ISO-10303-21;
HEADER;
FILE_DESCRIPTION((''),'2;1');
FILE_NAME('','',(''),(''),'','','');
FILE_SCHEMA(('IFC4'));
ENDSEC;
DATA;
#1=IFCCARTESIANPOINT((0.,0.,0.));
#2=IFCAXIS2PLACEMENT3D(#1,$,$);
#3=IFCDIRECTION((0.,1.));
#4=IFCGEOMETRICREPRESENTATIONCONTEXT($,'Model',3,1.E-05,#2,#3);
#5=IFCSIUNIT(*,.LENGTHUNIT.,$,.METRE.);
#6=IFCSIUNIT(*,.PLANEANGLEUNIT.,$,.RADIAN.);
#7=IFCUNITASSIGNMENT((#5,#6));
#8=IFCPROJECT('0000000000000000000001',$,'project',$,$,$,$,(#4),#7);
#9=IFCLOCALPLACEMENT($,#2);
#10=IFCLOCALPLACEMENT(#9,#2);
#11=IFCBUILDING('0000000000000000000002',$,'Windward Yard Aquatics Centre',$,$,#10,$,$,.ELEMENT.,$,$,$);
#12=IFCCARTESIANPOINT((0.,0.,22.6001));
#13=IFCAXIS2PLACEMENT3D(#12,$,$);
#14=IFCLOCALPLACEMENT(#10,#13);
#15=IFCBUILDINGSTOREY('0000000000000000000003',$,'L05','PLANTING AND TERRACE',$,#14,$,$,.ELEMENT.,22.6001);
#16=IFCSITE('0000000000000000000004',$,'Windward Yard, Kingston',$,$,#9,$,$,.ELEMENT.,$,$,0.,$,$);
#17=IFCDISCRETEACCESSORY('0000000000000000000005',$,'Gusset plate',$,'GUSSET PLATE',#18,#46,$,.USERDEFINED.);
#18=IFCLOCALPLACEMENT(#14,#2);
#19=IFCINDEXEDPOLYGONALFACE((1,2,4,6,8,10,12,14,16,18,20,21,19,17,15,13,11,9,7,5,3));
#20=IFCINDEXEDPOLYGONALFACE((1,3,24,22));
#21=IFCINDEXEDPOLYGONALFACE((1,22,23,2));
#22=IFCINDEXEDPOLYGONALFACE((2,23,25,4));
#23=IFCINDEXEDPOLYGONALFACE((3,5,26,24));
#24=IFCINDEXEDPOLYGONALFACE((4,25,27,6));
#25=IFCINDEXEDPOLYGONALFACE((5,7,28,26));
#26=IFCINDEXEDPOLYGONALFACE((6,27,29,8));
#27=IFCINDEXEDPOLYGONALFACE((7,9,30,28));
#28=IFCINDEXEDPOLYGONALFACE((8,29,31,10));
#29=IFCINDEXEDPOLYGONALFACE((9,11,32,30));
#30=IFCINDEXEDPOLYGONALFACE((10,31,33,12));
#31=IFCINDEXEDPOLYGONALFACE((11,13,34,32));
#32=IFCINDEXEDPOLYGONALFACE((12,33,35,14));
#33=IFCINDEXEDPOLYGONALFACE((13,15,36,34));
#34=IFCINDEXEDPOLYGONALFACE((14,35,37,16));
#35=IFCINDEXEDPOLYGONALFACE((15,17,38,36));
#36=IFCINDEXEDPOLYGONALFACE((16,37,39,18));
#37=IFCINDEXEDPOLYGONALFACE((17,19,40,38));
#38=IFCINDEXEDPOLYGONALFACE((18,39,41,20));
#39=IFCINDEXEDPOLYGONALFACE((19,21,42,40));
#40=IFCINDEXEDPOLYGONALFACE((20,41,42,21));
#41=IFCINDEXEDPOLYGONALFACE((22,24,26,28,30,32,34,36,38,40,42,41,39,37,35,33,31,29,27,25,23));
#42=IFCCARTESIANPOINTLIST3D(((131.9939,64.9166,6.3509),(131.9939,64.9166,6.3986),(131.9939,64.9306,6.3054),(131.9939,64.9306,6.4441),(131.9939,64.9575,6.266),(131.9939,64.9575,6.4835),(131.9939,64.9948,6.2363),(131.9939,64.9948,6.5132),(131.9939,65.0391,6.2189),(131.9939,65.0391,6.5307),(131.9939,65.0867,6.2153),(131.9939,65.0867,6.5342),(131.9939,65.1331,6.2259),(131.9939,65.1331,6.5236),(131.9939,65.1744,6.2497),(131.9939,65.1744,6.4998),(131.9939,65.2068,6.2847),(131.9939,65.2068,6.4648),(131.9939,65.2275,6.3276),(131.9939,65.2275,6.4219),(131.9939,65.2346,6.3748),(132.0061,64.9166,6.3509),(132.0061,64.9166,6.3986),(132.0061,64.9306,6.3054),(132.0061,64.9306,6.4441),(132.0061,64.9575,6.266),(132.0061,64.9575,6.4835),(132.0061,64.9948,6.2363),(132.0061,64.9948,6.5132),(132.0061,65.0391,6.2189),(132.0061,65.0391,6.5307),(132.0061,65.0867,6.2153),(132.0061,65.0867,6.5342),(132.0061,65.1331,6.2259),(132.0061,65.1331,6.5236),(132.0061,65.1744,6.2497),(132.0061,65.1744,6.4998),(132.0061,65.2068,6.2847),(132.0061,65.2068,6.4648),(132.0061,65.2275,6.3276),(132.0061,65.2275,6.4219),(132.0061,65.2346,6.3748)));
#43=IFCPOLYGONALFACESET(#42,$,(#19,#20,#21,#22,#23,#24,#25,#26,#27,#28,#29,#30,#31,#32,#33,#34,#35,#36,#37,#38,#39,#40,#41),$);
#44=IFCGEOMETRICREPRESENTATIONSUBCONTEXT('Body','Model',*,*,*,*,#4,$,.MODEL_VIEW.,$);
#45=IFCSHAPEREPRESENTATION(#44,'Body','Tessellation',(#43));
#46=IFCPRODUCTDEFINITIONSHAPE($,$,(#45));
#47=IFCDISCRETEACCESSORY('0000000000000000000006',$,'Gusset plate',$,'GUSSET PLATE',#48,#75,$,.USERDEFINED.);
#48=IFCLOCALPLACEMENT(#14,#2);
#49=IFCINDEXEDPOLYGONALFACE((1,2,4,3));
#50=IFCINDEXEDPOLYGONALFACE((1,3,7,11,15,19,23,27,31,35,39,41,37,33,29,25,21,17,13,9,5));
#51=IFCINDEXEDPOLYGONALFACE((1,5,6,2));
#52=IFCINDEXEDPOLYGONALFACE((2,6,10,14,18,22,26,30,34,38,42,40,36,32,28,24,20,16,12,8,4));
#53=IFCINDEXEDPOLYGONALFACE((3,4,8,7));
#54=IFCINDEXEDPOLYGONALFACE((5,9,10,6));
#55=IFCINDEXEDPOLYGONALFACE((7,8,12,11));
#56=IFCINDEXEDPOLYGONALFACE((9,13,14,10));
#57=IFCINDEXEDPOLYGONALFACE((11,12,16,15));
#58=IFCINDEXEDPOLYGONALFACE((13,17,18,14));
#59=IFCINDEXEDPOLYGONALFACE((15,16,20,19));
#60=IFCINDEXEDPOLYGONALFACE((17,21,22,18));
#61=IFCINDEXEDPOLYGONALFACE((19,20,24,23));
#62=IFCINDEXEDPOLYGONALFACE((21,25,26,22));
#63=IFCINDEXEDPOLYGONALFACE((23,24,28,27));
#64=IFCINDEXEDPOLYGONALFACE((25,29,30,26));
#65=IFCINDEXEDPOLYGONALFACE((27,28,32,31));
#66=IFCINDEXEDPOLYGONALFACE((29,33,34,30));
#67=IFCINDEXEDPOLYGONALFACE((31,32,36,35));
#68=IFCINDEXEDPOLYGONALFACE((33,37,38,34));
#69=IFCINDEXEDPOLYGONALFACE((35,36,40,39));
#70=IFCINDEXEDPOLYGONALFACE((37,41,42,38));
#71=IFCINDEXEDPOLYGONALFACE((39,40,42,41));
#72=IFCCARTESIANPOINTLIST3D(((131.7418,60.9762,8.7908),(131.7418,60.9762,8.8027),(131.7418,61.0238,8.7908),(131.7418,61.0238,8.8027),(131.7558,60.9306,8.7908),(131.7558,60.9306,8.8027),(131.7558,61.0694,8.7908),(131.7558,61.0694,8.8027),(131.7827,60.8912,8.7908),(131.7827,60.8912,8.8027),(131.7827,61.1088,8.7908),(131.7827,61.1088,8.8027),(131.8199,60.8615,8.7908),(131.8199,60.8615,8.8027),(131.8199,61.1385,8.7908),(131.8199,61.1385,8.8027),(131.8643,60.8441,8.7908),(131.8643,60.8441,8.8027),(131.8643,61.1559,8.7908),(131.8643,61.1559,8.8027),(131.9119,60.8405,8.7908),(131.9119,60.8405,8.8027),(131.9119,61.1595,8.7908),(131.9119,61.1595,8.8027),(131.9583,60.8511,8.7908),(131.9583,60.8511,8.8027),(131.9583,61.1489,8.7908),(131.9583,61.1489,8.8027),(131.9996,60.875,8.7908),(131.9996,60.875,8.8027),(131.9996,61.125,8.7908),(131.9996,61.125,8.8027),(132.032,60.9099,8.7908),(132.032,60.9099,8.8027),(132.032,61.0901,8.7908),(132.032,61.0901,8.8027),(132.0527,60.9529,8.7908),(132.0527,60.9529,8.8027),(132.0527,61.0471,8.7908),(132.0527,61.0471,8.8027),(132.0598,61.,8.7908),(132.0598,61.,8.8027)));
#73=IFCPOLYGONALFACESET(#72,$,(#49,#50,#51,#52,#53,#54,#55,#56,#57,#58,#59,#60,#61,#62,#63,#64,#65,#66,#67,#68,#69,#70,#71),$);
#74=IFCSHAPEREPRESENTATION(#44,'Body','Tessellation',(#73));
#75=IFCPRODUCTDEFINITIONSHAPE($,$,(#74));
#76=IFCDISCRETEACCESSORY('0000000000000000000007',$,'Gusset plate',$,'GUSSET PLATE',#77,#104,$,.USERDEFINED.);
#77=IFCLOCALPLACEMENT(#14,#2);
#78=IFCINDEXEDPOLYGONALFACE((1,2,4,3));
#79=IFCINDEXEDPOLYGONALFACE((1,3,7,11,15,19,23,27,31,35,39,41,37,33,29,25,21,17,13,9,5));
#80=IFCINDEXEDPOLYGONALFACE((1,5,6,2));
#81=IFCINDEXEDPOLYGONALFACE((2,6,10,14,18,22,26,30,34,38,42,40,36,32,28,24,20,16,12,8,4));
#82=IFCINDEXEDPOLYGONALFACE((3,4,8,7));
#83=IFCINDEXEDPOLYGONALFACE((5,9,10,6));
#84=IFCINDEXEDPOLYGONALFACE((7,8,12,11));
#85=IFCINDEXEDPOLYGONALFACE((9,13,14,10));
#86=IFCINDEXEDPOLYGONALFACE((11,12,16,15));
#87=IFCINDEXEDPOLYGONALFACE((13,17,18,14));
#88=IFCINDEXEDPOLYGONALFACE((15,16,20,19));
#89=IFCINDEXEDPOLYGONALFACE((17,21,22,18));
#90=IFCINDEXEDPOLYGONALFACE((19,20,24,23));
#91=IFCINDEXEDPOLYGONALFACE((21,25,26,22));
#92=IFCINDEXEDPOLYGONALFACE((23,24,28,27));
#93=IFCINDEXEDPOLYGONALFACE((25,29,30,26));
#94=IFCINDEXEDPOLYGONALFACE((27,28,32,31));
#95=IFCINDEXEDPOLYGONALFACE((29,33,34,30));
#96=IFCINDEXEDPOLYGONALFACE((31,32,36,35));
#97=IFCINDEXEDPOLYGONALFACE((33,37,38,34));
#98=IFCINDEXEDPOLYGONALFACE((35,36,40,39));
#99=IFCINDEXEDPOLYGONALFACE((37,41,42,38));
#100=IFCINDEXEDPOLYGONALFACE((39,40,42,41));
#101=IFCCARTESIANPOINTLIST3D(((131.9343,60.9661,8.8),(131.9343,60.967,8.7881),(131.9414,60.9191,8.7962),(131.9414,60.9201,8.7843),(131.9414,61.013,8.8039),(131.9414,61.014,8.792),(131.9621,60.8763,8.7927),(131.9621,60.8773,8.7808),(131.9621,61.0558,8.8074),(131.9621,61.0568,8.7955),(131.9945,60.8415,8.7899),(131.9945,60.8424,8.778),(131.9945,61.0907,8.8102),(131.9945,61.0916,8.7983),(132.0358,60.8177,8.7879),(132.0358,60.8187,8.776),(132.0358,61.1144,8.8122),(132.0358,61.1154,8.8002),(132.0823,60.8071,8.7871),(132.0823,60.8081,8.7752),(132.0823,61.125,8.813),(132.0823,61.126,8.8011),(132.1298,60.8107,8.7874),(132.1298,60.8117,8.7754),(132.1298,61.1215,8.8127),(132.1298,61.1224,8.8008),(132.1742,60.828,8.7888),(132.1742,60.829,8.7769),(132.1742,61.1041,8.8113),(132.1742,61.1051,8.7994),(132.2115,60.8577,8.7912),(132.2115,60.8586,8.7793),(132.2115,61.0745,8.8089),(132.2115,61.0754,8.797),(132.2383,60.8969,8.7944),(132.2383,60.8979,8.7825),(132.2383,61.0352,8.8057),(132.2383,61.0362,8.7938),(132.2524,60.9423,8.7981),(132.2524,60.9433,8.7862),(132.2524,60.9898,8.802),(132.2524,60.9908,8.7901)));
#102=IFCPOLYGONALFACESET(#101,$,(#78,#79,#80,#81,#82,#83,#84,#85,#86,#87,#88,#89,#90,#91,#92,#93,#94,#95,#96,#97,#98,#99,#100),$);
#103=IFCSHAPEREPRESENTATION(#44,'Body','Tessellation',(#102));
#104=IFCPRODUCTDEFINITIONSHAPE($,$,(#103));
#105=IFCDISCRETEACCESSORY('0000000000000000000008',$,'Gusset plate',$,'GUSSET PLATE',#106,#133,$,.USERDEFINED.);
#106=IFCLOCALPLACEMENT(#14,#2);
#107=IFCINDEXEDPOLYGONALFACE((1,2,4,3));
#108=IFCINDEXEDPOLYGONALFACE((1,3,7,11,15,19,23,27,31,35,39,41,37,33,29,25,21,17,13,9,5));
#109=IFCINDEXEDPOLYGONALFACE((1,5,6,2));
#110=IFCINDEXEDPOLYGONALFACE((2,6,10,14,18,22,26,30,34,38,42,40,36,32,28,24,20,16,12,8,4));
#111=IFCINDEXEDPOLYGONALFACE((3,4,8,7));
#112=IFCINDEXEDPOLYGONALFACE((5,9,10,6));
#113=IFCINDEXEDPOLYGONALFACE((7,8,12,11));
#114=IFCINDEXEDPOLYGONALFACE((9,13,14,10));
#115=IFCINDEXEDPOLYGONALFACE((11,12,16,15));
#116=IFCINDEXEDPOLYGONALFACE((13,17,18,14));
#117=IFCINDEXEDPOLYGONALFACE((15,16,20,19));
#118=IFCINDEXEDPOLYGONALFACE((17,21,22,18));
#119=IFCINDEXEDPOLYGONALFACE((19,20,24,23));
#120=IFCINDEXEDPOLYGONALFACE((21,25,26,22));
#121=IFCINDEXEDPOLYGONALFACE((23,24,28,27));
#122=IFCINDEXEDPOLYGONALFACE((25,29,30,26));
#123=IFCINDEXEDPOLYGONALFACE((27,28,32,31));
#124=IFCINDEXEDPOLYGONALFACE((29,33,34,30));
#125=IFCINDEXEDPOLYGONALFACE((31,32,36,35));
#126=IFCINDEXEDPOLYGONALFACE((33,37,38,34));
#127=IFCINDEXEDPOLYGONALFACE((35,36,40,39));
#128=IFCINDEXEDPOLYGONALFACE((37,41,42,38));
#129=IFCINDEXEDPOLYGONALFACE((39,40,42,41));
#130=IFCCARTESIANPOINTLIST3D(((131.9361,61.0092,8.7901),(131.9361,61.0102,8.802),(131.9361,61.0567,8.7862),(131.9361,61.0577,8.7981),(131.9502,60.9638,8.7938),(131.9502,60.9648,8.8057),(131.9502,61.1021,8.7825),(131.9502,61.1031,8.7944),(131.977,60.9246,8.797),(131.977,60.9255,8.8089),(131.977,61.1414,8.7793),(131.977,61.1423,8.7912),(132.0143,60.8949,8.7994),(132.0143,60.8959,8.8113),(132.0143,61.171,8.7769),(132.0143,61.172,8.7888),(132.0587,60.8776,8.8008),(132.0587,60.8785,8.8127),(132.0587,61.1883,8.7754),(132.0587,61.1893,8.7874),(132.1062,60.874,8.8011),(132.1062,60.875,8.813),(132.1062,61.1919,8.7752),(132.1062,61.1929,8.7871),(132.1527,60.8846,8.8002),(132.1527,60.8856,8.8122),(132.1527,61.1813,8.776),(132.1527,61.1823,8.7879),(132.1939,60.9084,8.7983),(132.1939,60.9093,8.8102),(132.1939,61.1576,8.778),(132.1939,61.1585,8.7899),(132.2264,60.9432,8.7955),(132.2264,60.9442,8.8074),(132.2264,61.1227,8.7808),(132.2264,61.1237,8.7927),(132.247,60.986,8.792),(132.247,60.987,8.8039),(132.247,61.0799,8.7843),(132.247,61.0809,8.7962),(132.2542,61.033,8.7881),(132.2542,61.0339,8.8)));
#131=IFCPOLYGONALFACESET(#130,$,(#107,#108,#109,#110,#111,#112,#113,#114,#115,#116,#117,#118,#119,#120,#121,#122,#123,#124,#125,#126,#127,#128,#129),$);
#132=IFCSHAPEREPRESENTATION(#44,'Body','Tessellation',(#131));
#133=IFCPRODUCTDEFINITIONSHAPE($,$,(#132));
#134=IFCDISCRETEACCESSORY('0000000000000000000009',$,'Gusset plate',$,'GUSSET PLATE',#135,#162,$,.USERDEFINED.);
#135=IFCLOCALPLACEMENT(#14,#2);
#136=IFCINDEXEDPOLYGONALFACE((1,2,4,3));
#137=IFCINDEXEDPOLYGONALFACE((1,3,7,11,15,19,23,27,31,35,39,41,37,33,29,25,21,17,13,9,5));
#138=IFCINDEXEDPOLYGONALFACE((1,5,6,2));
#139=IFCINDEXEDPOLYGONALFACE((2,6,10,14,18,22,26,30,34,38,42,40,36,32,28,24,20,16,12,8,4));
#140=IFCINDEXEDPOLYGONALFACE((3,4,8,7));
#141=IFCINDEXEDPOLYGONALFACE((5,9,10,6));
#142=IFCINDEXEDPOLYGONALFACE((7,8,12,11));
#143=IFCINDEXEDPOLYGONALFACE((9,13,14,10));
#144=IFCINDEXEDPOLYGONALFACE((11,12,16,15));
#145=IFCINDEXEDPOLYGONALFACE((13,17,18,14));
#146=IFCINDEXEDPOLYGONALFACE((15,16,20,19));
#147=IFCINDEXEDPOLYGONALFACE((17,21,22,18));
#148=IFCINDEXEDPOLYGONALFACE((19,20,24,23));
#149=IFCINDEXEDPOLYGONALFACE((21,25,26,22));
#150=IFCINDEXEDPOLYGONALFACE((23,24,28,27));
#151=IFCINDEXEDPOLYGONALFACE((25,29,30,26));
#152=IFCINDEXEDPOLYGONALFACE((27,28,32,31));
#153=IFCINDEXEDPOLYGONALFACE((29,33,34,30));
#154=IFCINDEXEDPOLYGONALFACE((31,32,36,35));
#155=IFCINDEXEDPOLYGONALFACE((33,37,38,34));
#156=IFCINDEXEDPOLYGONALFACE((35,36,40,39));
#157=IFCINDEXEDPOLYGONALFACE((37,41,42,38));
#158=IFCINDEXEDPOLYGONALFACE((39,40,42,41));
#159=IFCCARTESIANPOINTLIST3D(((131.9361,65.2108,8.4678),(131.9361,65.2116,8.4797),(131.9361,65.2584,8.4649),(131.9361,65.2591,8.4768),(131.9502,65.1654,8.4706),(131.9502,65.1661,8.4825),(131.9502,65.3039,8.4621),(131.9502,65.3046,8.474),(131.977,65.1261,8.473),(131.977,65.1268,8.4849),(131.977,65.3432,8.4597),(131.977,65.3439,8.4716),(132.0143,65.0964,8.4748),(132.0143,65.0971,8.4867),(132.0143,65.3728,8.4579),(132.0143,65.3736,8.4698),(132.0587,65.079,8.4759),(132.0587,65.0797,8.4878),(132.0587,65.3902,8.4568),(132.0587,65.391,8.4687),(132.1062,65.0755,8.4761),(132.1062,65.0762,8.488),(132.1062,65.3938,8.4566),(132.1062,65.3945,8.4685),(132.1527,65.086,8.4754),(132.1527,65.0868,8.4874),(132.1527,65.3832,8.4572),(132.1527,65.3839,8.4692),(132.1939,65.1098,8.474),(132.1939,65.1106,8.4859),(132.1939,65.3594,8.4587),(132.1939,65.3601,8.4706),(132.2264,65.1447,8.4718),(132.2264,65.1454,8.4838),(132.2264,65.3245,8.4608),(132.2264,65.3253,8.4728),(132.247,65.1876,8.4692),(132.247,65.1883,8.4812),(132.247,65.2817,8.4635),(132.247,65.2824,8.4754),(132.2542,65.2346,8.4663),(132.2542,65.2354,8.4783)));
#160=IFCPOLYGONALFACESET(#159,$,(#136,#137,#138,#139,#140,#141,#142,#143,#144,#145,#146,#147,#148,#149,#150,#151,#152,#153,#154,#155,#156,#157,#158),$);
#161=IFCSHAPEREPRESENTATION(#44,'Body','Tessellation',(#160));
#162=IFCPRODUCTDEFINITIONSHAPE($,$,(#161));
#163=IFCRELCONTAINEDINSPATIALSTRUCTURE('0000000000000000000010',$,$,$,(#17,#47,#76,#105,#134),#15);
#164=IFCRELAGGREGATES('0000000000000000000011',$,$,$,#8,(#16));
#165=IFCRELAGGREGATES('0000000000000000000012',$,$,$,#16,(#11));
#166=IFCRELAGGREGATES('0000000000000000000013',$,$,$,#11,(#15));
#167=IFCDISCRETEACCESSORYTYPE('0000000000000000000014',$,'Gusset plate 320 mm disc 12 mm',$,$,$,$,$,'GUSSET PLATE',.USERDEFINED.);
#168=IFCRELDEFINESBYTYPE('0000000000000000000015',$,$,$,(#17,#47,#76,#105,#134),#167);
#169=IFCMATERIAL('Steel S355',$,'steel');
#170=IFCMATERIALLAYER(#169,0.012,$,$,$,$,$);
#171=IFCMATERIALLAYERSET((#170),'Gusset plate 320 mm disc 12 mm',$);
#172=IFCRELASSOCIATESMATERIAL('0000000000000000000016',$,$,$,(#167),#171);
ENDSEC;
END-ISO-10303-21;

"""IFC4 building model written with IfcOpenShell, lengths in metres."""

from ifc_helpers import new_model, si_unit, direction, frame, origin, origin_2d, place, context, subcontext, project, spatial, circle, extrude, material, layer, layer_set, type_object, element, save


model = new_model("IFC4")

# Units and contexts
model_context = context("Model", 3, precision=1e-05, world=origin(), true_north=direction((0.0, 1.0)))
body_context = subcontext(model_context, "Body", "Model", "MODEL_VIEW")
ifc_project = project(units=[si_unit("LENGTHUNIT", "METRE"), si_unit("PLANEANGLEUNIT", "RADIAN")], contexts=[model_context])

# Site, building, storey
site_placement = place(None, origin())
site = spatial("IfcSite", under=ifc_project, at=site_placement, Name="Windward Yard, Kingston", CompositionType="ELEMENT", RefElevation=0.0)
building_placement = place(site_placement, origin())
building = spatial("IfcBuilding", under=site, at=building_placement, Name="Windward Yard Aquatics Centre", CompositionType="ELEMENT")
storey_placement = place(building_placement, frame((0.0, 0.0, 22.6001)))
storey = spatial("IfcBuildingStorey", under=building, at=storey_placement, Name="L05", Description="PLANTING AND TERRACE", CompositionType="ELEMENT", Elevation=22.6001)

# Discrete accessories
ifc_material_1 = material(Name="Steel S355", Category="steel")
ifc_layer_1 = layer(ifc_material_1, 0.012)
ifc_layer_set_1 = layer_set([ifc_layer_1], Name="Gusset plate 320 mm disc 12 mm")
discrete_accessory_type_1 = type_object("IfcDiscreteAccessoryType", Name="Gusset plate 320 mm disc 12 mm", ElementType="GUSSET PLATE", PredefinedType="USERDEFINED", material=ifc_layer_set_1)
for number, where, z_axis, x_axis, name in (
    (1, (131.9939, 65.0747, 6.3748), (1.0, 0.0, 0.0), (0.0, 1.0, 0.0), "Gusset plate"),
):
    element("IfcDiscreteAccessory", number, at=place(storey_placement, frame(where, z_axis=z_axis, x_axis=x_axis)), inside=storey, type_object=discrete_accessory_type_1, Name=name, ObjectType="GUSSET PLATE", PredefinedType="USERDEFINED", context=body_context, shape_type="SweptSolid", body=[
        extrude(circle(Radius=0.1599, at=origin_2d()), origin(), (0.0, 0.0, 1.0), 0.0122),
    ])
for number, where, z_axis, x_axis, name in (
    (2, (131.8999, 61.0, 8.7908), (0.0, 0.0, 1.0), (1.0, 0.0, 0.0), "Gusset plate"),
    (3, (132.0942, 60.9661, 8.8), (0.0, 0.081362, -0.996685), (-1.0, 0.0, 0.0), "Gusset plate"),
    (4, (132.0942, 61.0339, 8.8), (0.0, -0.081362, -0.996685), (1.0, 0.0, 0.0), "Gusset plate"),
    (5, (132.0942, 65.2354, 8.4783), (0.0, -0.06111, -0.998131), (1.0, 0.0, 0.0), "Gusset plate"),
):
    element("IfcDiscreteAccessory", number, at=place(storey_placement, frame(where, z_axis=z_axis, x_axis=x_axis)), inside=storey, type_object=discrete_accessory_type_1, Name=name, ObjectType="GUSSET PLATE", PredefinedType="USERDEFINED", context=body_context, shape_type="SweptSolid", body=[
        extrude(circle(Radius=0.1599, at=origin_2d()), origin(), (0.0, 0.0, 1.0), 0.012),
    ])

save(model, "model.ifc")
